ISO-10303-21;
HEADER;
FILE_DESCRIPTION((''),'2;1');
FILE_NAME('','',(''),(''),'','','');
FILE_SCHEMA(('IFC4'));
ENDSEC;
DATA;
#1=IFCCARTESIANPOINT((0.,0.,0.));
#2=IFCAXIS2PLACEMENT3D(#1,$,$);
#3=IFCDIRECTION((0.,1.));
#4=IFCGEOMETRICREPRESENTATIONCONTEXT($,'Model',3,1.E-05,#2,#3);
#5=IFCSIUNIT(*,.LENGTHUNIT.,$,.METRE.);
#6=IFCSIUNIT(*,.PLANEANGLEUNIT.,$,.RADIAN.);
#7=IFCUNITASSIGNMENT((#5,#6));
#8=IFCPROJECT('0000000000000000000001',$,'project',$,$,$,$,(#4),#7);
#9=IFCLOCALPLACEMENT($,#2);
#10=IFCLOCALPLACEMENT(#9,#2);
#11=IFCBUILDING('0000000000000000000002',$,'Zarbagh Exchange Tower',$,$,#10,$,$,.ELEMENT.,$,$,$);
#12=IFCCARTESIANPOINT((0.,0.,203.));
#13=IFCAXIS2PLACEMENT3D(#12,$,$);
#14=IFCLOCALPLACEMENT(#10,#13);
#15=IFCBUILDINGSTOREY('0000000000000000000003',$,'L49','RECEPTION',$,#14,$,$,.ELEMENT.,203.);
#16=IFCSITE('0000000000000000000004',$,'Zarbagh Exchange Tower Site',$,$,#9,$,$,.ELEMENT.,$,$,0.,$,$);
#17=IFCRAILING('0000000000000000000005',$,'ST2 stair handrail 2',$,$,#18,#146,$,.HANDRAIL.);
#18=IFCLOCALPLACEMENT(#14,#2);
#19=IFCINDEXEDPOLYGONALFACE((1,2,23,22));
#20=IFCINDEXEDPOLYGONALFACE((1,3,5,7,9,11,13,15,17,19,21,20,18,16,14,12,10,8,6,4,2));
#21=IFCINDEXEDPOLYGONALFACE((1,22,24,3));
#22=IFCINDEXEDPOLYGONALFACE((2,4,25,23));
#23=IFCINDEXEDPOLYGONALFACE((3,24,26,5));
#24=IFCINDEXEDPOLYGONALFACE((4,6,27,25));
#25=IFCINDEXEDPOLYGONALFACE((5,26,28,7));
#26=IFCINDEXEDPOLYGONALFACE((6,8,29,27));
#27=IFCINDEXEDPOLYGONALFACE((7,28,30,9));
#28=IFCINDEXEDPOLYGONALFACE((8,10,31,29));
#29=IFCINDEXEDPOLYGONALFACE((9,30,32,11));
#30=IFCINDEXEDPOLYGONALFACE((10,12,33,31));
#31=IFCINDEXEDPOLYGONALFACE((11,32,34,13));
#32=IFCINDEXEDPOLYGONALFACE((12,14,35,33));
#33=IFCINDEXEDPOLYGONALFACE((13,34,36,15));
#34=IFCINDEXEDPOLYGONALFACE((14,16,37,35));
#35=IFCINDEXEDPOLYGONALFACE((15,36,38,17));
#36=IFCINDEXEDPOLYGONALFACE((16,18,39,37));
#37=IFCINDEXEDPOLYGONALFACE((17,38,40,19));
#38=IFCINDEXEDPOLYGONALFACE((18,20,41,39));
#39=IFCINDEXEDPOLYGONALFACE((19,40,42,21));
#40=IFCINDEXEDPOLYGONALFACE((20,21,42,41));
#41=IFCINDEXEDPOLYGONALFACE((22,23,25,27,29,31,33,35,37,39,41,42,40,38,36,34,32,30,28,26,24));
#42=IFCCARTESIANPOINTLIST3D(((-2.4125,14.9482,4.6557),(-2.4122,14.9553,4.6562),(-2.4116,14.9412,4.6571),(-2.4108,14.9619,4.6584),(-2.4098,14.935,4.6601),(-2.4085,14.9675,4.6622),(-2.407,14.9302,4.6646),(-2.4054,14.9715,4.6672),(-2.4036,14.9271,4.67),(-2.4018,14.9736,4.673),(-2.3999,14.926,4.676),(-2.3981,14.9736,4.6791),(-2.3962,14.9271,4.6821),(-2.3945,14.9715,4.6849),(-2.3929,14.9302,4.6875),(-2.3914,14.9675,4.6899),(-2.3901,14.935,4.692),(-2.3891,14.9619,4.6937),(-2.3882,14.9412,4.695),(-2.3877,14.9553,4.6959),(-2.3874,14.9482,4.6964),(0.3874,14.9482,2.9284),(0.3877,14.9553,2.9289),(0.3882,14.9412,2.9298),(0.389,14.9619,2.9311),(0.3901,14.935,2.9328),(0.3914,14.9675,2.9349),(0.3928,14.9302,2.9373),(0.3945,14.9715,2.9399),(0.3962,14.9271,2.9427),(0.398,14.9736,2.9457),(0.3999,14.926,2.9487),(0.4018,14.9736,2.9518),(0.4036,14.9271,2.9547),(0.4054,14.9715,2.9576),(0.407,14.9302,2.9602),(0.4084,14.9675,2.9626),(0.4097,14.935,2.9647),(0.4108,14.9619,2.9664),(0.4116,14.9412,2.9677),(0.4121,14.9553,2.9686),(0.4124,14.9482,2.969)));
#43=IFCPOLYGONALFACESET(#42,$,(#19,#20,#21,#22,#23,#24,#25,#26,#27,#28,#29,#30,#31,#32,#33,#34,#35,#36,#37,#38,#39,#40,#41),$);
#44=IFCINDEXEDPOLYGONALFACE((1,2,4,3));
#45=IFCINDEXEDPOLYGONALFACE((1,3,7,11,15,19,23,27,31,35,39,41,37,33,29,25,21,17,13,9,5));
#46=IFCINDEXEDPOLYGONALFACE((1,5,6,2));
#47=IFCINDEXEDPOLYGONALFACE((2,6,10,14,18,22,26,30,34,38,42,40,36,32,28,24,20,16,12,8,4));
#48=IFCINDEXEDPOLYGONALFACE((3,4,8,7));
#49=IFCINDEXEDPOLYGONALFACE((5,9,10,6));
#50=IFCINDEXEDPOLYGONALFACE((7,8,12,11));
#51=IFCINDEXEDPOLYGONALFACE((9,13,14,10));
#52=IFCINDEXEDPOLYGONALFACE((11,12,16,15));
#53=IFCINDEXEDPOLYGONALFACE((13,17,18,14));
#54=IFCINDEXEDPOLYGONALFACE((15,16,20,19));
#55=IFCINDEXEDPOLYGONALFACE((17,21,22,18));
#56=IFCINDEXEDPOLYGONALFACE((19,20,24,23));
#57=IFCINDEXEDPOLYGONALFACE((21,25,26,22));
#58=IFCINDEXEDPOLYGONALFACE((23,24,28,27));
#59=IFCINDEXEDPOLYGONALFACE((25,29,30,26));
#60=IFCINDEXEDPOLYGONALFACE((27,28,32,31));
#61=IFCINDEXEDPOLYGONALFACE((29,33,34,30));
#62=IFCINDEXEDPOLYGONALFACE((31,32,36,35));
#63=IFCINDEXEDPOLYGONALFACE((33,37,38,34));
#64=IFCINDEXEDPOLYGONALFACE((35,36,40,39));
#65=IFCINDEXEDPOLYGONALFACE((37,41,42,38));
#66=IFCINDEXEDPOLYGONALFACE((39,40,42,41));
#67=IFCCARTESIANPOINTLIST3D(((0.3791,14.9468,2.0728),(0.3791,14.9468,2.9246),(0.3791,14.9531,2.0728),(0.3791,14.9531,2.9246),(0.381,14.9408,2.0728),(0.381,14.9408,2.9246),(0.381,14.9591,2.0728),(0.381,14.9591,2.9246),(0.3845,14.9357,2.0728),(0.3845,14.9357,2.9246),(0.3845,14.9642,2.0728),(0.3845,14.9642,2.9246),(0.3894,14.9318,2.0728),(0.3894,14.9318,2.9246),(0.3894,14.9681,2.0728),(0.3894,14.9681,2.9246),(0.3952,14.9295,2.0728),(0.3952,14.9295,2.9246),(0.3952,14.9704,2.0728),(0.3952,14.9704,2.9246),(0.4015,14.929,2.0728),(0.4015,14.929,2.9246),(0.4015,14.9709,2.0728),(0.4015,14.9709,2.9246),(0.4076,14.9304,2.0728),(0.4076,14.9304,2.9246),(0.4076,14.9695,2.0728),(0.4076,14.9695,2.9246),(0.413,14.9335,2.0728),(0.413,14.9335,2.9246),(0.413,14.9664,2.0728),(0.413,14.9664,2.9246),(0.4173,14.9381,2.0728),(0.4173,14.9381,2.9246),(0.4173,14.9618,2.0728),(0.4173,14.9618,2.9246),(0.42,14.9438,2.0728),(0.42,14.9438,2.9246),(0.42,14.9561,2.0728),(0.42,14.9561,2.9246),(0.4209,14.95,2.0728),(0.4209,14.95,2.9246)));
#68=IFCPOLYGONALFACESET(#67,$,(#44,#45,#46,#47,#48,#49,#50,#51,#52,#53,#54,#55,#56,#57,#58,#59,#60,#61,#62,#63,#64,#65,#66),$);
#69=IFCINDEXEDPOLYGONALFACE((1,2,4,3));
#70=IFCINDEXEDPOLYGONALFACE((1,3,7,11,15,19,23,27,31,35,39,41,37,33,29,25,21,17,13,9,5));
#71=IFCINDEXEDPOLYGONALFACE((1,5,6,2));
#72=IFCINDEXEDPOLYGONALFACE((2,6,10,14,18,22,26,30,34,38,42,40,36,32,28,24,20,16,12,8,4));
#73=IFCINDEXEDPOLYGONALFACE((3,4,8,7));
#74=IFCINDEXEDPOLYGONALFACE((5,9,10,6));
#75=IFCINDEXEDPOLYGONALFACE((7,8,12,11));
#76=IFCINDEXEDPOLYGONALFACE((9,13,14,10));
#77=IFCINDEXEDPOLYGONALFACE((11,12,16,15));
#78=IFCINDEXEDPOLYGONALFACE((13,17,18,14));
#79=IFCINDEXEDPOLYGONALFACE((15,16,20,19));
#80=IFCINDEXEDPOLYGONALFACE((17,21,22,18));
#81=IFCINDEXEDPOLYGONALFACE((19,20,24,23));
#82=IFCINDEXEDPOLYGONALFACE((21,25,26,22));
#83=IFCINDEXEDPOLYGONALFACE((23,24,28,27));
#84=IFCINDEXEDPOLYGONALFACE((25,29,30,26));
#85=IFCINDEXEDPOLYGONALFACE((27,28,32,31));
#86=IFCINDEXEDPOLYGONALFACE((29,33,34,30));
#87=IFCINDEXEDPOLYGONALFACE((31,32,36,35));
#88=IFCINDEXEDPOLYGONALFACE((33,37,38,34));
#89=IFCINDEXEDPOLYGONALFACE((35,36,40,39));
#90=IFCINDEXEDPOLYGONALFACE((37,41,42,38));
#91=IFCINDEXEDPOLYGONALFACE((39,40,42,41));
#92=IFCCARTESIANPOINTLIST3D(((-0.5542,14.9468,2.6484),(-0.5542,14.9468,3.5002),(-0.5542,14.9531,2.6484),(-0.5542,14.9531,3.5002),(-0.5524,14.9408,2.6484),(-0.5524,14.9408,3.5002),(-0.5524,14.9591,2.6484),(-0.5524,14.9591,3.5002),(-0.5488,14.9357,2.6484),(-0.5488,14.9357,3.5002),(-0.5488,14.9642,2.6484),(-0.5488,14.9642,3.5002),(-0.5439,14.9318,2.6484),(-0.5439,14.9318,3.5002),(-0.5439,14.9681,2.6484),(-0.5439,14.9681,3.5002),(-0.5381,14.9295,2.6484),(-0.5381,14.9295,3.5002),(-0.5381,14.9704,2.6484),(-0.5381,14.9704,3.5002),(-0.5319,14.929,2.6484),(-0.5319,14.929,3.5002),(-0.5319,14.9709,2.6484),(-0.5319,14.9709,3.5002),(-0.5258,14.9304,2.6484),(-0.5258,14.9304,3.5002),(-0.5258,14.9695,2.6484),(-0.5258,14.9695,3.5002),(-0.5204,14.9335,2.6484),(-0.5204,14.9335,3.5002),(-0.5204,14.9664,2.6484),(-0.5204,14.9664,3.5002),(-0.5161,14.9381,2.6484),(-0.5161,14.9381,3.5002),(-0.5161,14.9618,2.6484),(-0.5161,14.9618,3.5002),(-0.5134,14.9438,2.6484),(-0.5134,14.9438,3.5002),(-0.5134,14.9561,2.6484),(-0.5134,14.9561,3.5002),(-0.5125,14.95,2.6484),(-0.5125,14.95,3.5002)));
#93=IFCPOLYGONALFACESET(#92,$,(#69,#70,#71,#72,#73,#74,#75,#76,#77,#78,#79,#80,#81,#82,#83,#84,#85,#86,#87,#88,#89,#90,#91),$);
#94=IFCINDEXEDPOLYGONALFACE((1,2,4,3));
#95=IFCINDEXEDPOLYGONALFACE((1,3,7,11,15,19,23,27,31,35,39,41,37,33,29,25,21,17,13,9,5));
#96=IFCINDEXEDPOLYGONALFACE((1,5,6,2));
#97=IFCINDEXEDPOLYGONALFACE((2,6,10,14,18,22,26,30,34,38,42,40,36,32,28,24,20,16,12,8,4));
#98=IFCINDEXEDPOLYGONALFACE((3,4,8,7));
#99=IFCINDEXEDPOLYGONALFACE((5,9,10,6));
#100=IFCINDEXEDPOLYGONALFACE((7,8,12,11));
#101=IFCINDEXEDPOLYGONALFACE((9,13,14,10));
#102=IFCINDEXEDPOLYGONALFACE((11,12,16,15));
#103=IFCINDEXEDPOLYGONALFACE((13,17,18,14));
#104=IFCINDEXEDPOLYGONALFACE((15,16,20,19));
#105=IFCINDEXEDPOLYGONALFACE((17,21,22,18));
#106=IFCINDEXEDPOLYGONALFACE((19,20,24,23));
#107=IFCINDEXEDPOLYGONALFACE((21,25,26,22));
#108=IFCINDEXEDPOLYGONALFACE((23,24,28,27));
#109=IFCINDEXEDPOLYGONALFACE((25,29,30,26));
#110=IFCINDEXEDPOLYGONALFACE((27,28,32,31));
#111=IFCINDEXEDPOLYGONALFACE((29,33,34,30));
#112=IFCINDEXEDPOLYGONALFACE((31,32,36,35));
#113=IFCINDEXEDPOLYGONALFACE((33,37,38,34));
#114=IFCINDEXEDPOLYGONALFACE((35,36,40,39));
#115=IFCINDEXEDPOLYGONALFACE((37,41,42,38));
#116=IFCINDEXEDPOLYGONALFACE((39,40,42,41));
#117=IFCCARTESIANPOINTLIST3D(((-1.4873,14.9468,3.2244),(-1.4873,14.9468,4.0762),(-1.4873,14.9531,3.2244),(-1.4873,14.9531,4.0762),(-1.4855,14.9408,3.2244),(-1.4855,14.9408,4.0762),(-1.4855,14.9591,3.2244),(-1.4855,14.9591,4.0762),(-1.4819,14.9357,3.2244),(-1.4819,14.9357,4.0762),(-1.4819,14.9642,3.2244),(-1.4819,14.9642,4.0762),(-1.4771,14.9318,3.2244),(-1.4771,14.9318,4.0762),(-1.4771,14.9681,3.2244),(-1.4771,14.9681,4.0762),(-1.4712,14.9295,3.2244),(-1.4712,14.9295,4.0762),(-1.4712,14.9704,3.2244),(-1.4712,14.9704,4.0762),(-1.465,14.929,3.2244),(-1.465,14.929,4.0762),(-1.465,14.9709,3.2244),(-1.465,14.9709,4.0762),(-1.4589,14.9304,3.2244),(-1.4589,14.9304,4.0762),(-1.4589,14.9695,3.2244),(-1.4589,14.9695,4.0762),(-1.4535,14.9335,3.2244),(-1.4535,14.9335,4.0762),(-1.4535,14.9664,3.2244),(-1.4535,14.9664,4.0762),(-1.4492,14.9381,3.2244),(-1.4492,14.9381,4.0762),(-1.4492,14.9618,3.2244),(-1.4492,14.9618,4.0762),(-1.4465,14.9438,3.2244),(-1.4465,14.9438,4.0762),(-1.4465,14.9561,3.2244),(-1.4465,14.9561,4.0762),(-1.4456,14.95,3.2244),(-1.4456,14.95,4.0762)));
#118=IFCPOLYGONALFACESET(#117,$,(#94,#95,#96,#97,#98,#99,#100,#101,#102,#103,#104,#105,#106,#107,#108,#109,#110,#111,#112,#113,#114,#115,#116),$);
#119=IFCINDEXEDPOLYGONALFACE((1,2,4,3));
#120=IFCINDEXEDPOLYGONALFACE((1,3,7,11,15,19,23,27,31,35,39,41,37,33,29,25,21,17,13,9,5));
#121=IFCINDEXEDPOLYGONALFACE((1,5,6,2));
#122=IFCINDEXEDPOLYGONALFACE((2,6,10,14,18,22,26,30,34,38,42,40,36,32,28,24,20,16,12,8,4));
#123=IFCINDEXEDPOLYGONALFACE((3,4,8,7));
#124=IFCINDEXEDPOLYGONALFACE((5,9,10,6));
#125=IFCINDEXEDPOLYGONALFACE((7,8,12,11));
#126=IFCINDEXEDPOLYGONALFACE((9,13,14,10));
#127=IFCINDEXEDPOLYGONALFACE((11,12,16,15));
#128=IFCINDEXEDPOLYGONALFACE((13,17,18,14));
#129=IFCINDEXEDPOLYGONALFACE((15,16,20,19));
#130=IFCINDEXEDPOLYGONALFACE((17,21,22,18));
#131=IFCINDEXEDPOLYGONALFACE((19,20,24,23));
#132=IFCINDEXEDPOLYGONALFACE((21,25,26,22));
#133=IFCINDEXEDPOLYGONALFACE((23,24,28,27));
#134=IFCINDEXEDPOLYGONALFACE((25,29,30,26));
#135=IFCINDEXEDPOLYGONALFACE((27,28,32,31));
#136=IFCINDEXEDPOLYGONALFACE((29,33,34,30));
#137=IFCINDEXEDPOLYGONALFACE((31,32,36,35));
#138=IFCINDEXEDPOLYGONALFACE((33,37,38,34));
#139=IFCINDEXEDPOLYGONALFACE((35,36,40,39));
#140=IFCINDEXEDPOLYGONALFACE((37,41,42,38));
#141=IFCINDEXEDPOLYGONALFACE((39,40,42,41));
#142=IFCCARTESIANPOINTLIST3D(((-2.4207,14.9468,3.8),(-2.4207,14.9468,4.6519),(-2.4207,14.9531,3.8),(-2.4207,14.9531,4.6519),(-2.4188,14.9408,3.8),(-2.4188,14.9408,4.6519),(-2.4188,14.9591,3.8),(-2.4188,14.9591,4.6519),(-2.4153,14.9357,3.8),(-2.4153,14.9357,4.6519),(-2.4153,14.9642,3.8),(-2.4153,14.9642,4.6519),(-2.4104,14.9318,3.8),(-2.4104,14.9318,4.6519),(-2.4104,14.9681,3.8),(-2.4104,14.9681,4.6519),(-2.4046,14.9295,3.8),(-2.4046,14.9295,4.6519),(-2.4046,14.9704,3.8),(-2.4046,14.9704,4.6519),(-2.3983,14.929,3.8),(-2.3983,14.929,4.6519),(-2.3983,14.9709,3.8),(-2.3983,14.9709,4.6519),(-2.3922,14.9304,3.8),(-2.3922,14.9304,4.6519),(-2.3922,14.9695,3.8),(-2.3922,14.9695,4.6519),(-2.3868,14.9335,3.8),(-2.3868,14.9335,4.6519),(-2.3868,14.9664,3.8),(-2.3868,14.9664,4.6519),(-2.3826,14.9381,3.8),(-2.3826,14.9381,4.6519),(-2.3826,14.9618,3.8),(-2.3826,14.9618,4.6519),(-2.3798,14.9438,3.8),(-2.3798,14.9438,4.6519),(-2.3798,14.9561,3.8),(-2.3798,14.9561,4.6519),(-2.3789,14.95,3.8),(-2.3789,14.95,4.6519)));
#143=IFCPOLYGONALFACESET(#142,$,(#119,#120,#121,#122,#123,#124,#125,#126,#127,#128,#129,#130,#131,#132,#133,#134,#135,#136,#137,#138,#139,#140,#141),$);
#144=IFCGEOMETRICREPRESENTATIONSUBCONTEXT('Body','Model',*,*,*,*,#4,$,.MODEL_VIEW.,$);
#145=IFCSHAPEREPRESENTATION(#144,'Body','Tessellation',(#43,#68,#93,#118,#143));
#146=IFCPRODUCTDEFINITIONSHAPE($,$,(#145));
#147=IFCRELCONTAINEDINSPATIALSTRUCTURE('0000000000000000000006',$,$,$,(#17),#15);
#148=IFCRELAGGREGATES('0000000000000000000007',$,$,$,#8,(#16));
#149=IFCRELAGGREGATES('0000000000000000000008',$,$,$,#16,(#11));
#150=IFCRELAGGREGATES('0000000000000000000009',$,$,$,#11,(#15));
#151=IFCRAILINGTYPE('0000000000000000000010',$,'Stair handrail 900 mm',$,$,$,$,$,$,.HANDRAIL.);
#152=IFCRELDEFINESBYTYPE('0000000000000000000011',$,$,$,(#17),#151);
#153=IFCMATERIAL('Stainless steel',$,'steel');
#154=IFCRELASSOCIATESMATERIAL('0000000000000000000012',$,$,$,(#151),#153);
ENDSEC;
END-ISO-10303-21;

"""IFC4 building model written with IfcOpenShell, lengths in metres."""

from ifc_helpers import new_model, si_unit, direction, frame, origin, origin_2d, place, context, subcontext, project, spatial, circle, extrude, material, type_object, element, save


model = new_model("IFC4")

# Units and contexts
model_context = context("Model", 3, precision=1e-05, world=origin(), true_north=direction((0.0, 1.0)))
body_context = subcontext(model_context, "Body", "Model", "MODEL_VIEW")
ifc_project = project(units=[si_unit("LENGTHUNIT", "METRE"), si_unit("PLANEANGLEUNIT", "RADIAN")], contexts=[model_context])

# Site, building, storey
site_placement = place(None, origin())
site = spatial("IfcSite", under=ifc_project, at=site_placement, Name="Zarbagh Exchange Tower Site", CompositionType="ELEMENT", RefElevation=0.0)
building_placement = place(site_placement, origin())
building = spatial("IfcBuilding", under=site, at=building_placement, Name="Zarbagh Exchange Tower", CompositionType="ELEMENT")
storey_placement = place(building_placement, frame((0.0, 0.0, 203.0)))
storey = spatial("IfcBuildingStorey", under=building, at=storey_placement, Name="L49", Description="RECEPTION", CompositionType="ELEMENT", Elevation=203.0)

# Railing
ifc_material_1 = material(Name="Stainless steel", Category="steel")
railing_type = type_object("IfcRailingType", Name="Stair handrail 900 mm", PredefinedType="HANDRAIL", material=ifc_material_1)
railing_placement = place(storey_placement, frame((0.3999, 14.95, 2.0728)))
element("IfcRailing", 1, at=railing_placement, inside=storey, type_object=railing_type, Name="ST2 stair handrail 2", PredefinedType="HANDRAIL", context=body_context, shape_type="SweptSolid", body=[
    extrude(circle(Radius=0.0239, at=origin_2d()), frame((0.0, 0.0, 0.876), z_axis=(-0.851069, 0.0, 0.525054), x_axis=(0.0, -1.0, 0.0)), (0.0, 0.0, 1.0), 3.2898),
    extrude(circle(Radius=0.021, at=origin_2d()), origin(), (0.0, 0.0, 1.0), 0.8518),
    extrude(circle(Radius=0.021, at=origin_2d()), frame((-0.9333, 0.0, 0.5757)), (0.0, 0.0, 1.0), 0.8518),
    extrude(circle(Radius=0.021, at=origin_2d()), frame((-1.8665, 0.0, 1.1516)), (0.0, 0.0, 1.0), 0.8518),
    extrude(circle(Radius=0.021, at=origin_2d()), frame((-2.7998, 0.0, 1.7273)), (0.0, 0.0, 1.0), 0.8518),
])

save(model, "model.ifc")
